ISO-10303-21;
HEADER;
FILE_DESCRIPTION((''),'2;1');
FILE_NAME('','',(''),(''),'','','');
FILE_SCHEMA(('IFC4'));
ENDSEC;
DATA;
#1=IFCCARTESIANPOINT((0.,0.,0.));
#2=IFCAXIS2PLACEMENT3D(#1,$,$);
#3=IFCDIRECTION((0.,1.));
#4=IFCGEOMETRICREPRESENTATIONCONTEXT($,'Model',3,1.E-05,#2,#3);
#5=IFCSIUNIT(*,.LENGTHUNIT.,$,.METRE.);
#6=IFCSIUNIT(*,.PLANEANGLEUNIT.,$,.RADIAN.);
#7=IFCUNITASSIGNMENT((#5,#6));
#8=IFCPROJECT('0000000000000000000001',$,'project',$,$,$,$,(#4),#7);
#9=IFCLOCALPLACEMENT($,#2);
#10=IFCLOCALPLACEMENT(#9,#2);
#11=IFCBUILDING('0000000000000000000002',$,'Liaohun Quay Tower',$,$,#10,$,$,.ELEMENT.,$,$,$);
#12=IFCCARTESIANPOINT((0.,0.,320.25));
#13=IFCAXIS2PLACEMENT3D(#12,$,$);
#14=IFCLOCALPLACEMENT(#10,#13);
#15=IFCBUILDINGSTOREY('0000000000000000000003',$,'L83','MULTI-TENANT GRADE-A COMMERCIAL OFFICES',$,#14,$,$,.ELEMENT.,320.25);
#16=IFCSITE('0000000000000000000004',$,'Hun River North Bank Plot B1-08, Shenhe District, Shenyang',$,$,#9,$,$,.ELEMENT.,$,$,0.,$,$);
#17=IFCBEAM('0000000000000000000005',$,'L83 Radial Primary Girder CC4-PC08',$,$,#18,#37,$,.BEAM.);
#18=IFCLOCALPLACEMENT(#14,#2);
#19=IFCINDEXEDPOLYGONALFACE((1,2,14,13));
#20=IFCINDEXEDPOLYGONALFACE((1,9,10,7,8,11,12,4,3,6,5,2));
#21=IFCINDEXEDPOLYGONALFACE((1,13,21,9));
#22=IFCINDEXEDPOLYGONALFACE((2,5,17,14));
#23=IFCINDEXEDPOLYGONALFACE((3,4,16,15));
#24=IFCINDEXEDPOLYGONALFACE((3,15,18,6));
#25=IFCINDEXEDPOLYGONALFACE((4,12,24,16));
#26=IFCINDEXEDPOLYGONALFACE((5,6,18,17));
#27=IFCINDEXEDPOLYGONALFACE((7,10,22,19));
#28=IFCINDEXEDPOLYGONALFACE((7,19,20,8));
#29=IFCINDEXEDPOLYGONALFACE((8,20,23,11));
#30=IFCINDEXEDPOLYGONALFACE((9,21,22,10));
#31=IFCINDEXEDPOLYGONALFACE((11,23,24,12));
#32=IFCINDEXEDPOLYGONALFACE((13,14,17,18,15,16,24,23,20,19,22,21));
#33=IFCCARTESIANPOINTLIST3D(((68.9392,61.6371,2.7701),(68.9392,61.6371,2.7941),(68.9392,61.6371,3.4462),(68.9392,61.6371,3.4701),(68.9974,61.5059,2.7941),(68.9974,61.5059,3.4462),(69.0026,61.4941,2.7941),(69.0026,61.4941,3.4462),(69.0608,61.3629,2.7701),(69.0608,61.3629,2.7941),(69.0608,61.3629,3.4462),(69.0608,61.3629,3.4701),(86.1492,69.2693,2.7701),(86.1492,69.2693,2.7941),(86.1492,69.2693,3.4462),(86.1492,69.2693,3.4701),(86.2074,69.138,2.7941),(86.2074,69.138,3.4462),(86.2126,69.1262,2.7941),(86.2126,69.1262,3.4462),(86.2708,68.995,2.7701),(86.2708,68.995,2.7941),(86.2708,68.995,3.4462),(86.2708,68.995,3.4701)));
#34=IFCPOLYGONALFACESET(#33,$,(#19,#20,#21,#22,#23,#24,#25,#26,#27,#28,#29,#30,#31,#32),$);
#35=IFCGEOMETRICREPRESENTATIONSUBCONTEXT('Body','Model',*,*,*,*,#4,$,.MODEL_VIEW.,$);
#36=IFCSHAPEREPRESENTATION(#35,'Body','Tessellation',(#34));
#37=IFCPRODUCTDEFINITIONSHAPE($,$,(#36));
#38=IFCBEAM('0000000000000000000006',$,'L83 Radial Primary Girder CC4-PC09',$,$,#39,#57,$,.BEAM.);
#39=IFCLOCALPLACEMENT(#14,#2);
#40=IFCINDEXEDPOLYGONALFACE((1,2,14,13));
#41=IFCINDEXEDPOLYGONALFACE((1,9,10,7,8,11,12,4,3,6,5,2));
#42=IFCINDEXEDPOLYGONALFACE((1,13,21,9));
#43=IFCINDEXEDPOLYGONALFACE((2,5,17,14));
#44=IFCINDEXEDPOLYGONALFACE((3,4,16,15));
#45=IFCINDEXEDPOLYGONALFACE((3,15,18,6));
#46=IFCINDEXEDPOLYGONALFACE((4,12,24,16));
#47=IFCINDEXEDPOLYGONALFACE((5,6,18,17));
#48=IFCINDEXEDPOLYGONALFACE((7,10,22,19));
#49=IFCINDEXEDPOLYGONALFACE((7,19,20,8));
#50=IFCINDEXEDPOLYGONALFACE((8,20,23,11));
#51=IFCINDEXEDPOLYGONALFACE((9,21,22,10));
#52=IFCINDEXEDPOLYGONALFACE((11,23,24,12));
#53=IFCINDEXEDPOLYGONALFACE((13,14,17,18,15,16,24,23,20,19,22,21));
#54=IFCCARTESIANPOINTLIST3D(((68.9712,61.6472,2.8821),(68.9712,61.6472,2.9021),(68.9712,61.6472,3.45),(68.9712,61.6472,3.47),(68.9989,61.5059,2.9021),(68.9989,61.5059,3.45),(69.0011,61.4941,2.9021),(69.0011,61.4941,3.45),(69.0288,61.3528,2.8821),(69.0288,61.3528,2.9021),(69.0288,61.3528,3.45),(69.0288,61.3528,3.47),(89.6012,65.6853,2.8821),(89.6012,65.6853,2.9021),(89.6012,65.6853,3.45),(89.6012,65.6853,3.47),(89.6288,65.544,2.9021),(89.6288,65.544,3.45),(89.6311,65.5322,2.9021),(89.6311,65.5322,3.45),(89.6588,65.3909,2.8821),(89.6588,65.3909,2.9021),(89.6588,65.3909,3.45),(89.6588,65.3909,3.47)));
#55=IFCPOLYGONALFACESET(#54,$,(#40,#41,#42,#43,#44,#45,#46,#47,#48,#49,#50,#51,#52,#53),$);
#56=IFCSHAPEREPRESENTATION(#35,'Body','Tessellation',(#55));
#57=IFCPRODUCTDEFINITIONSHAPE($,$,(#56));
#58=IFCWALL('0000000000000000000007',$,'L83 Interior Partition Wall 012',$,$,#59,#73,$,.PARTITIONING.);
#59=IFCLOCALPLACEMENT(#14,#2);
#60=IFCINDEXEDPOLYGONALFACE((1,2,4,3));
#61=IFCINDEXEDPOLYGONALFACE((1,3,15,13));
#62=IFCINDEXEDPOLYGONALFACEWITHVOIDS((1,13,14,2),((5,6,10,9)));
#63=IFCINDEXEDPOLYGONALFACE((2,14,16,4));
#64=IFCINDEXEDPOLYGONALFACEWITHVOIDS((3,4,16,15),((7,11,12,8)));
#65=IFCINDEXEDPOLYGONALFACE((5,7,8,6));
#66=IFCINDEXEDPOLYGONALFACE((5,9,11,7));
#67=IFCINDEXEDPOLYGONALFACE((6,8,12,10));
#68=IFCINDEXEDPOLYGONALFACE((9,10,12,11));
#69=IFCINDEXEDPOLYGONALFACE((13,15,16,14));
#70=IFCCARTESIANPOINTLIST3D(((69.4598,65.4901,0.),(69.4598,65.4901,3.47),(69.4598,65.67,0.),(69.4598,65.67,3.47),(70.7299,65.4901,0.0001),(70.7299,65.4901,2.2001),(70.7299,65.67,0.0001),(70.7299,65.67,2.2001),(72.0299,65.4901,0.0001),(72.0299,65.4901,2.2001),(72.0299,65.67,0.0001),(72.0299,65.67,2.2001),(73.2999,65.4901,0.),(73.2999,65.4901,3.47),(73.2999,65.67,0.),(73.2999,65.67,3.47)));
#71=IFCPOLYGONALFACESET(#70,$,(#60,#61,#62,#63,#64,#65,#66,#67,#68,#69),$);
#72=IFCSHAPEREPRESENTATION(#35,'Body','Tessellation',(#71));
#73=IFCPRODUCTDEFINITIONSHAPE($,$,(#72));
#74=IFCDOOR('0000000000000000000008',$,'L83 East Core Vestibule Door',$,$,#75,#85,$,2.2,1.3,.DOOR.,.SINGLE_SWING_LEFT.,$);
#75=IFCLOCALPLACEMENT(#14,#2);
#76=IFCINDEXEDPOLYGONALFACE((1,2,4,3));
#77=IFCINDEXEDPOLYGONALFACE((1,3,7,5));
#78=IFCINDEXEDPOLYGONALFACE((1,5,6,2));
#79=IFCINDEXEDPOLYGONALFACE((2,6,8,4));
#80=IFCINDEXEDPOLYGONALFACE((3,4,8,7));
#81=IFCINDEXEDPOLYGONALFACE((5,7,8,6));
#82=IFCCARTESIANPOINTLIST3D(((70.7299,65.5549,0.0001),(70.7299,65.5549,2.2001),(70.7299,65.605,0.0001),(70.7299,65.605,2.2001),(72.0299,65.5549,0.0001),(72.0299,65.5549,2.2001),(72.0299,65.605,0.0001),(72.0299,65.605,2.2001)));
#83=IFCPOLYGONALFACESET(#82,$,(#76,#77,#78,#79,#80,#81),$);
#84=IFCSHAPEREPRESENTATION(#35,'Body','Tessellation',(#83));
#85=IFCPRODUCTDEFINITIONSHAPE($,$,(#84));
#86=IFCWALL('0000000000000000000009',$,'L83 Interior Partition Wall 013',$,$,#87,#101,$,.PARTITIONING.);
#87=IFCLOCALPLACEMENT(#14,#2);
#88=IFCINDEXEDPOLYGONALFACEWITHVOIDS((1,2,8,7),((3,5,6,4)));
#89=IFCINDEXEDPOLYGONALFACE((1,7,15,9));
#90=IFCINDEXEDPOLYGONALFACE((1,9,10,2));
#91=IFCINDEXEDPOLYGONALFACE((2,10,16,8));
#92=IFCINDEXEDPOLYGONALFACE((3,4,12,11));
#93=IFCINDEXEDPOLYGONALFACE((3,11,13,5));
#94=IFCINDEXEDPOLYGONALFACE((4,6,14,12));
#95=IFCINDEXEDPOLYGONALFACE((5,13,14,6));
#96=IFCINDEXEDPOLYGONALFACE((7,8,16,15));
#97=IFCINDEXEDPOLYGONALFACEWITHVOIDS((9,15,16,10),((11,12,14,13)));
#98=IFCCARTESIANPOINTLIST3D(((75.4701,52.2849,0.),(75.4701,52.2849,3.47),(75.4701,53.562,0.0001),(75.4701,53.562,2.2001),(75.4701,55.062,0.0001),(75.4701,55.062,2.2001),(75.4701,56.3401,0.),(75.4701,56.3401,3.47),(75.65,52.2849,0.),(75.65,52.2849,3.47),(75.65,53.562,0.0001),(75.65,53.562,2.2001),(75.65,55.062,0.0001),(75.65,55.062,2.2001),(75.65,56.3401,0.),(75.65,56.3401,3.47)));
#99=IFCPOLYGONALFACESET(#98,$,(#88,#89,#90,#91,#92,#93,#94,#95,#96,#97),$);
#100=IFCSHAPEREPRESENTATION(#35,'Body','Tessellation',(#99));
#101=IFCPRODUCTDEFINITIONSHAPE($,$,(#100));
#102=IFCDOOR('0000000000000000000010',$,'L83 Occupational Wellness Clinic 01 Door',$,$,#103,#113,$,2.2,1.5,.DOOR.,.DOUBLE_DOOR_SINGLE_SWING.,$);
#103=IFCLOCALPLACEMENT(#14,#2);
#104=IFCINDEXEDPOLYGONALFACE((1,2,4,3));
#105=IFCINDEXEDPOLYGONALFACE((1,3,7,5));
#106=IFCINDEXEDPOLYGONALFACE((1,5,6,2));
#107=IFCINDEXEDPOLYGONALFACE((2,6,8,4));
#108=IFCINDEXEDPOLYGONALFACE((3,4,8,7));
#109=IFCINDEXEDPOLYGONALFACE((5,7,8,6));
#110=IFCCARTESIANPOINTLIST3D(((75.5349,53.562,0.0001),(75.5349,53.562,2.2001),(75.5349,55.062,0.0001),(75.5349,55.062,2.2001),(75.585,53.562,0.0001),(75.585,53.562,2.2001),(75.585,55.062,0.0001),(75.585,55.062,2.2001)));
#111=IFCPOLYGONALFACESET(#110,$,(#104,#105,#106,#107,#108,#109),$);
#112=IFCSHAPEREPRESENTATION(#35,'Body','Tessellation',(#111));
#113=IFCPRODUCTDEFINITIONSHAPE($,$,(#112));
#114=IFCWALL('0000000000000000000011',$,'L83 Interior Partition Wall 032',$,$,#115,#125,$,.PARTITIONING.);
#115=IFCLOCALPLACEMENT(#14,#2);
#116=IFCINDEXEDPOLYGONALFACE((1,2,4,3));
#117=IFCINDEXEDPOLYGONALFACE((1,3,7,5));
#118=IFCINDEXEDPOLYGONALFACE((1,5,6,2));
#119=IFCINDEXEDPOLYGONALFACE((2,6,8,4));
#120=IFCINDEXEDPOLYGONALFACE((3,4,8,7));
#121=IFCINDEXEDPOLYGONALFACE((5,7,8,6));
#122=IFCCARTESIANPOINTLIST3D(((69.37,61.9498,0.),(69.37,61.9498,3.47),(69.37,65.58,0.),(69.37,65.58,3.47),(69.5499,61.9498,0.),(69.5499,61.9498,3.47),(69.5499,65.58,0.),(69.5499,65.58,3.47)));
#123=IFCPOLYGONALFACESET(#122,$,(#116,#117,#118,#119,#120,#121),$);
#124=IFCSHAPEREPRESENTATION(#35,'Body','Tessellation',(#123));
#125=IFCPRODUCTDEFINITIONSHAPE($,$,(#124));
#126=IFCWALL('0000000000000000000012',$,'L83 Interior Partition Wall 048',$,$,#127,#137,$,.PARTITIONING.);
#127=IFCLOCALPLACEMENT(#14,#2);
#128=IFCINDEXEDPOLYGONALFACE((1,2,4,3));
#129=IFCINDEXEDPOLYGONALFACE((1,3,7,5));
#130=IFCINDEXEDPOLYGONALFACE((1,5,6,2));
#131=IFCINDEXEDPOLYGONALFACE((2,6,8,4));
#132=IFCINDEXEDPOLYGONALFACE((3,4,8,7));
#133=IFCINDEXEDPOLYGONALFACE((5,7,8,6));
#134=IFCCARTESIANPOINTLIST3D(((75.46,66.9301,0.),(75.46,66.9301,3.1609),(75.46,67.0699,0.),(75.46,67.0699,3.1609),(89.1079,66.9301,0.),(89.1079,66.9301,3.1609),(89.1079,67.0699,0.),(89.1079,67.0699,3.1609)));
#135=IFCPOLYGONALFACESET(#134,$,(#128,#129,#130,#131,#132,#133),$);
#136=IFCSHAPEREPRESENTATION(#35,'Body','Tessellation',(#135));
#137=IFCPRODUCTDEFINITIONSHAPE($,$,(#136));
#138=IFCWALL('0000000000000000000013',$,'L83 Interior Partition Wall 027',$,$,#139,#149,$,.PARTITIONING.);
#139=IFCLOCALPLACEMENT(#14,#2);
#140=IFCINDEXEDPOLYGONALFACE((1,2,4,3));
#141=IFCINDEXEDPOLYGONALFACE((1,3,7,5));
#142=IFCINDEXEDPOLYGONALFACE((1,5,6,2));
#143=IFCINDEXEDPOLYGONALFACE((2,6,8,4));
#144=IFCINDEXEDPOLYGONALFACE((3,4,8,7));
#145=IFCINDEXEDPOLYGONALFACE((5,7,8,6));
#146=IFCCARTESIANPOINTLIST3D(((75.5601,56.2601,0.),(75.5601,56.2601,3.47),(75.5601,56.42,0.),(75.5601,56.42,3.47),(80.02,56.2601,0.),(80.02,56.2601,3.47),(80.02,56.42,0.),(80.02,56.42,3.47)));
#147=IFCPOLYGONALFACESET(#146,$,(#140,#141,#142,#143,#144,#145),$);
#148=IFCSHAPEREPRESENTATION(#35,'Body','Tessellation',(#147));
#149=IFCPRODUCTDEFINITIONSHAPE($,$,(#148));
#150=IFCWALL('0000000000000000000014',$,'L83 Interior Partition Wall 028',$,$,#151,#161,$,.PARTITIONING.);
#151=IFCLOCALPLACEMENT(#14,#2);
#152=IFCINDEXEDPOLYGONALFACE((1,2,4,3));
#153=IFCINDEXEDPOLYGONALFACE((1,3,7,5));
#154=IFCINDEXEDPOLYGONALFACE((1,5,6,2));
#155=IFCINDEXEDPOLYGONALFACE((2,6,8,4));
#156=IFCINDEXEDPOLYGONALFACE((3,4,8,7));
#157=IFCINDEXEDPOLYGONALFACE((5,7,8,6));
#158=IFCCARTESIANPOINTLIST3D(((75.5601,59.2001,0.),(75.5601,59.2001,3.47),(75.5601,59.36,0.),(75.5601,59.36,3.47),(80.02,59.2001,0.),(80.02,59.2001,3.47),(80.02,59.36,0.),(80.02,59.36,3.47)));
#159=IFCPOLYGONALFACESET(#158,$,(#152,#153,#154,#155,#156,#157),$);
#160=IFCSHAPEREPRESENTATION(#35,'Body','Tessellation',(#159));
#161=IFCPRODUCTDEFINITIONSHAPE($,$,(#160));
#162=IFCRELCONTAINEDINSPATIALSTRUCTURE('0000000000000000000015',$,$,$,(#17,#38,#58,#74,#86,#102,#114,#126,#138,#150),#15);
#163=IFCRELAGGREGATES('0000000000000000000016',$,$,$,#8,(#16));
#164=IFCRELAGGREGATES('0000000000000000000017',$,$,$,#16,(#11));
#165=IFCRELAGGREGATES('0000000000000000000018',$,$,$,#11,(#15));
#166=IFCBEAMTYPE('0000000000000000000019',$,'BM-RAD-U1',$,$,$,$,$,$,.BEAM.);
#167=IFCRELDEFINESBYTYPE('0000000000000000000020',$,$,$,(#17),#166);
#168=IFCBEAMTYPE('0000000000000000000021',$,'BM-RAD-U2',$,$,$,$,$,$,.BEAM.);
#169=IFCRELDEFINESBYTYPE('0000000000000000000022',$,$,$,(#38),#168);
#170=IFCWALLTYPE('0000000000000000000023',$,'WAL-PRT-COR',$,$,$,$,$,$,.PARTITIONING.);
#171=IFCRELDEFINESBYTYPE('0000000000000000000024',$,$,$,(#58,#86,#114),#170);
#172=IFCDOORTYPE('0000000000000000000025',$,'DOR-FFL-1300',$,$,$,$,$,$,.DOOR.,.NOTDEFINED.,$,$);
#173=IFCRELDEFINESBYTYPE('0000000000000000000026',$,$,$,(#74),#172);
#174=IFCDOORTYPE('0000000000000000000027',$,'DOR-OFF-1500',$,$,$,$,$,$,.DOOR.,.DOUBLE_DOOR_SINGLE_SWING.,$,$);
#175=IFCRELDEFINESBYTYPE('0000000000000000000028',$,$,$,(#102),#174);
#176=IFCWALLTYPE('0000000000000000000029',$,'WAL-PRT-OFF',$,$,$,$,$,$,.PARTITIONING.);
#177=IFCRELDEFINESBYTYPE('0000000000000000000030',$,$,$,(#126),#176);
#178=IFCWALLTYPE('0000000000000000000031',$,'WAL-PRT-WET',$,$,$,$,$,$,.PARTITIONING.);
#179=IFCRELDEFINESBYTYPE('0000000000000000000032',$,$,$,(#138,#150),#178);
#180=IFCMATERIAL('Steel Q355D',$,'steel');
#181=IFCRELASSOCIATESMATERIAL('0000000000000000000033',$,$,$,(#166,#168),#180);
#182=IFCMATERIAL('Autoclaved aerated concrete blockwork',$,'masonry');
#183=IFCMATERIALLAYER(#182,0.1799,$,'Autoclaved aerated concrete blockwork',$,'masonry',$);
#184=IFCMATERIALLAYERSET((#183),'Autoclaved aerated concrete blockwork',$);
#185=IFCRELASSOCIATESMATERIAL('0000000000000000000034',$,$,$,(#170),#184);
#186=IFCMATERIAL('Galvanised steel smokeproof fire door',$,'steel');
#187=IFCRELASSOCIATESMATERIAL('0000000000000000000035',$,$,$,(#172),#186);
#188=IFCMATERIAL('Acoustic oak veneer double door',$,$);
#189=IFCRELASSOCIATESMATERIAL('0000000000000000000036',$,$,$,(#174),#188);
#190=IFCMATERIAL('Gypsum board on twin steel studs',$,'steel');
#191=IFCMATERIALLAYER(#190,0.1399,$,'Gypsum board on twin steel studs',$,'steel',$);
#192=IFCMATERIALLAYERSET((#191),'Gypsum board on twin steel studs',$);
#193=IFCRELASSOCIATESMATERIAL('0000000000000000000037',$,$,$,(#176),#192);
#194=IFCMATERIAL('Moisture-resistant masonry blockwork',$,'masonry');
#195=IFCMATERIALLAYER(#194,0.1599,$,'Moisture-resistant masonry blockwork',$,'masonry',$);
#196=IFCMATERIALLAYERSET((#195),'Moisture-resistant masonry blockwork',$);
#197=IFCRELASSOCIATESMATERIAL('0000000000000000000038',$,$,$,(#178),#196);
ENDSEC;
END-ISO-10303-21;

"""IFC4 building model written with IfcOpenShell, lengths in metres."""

from ifc_helpers import new_model, si_unit, direction, frame, frame_2d, origin, origin_2d, place, context, subcontext, project, spatial, rectangle, i_section, extrude, source, transform, mapped, material, layer, layer_set, material_profile, profile_set, type_object, element, fill, save


model = new_model("IFC4")

# Units and contexts
model_context = context("Model", 3, precision=1e-05, world=origin(), true_north=direction((0.0, 1.0)))
body_context = subcontext(model_context, "Body", "Model", "MODEL_VIEW")
ifc_project = project(units=[si_unit("LENGTHUNIT", "METRE"), si_unit("PLANEANGLEUNIT", "RADIAN")], contexts=[model_context])

# Site, building, storey
site_placement = place(None, origin())
site = spatial("IfcSite", under=ifc_project, at=site_placement, Name="Hun River North Bank Plot B1-08, Shenhe District, Shenyang", CompositionType="ELEMENT", RefElevation=0.0)
building_placement = place(site_placement, origin())
building = spatial("IfcBuilding", under=site, at=building_placement, Name="Liaohun Quay Tower", CompositionType="ELEMENT")
storey_placement = place(building_placement, frame((0.0, 0.0, 320.25)))
storey = spatial("IfcBuildingStorey", under=building, at=storey_placement, Name="L83", Description="MULTI-TENANT GRADE-A COMMERCIAL OFFICES", CompositionType="ELEMENT", Elevation=320.25)

# Beams
ifc_material_1 = material(Name="Steel Q355D", Category="steel")
ifc_material_profile_1 = material_profile(ifc_material_1, i_section(OverallWidth=0.3, OverallDepth=0.7, WebThickness=0.0129, FlangeThickness=0.0239, at=origin_2d()), Name="HN700x300x13x24")
ifc_profile_set_1 = profile_set([ifc_material_profile_1], Name="Steel Q355D")
beam_type_1 = type_object("IfcBeamType", Name="BM-RAD-U1", PredefinedType="BEAM", material=ifc_profile_set_1)
shared_shape_1 = source(origin(), body_context, "Body", "SweptSolid", [
    extrude(i_section(OverallWidth=0.3, OverallDepth=0.7, WebThickness=0.0129, FlangeThickness=0.0239, at=origin_2d()), origin(), (0.0, 0.0, 1.0), 18.8264),
])
beam_1_placement = place(storey_placement, frame((69.0, 61.5, 3.1201), z_axis=(0.914142, 0.405394, 0.0), x_axis=(-0.405394, 0.914142, 0.0)))
element("IfcBeam", 1, at=beam_1_placement, inside=storey, type_object=beam_type_1, Name="L83 Radial Primary Girder CC4-PC08", PredefinedType="BEAM", context=body_context, shape_type="MappedRepresentation", body=[
    mapped(shared_shape_1, transform((0.0, 0.0, 0.0), x_axis=(1.0, 0.0, 0.0), y_axis=(0.0, 1.0, 0.0), z_axis=(0.0, 0.0, 1.0), scale=1.0)),
])
ifc_material_profile_2 = material_profile(ifc_material_1, i_section(OverallWidth=0.3, OverallDepth=0.5879, WebThickness=0.012, FlangeThickness=0.02, at=origin_2d()), Name="HM588x300x12x20")
ifc_profile_set_2 = profile_set([ifc_material_profile_2], Name="Steel Q355D")
beam_type_2 = type_object("IfcBeamType", Name="BM-RAD-U2", PredefinedType="BEAM", material=ifc_profile_set_2)
shared_shape_2 = source(origin(), body_context, "Body", "SweptSolid", [
    extrude(i_section(OverallWidth=0.3, OverallDepth=0.5879, WebThickness=0.012, FlangeThickness=0.02, at=origin_2d()), origin(), (0.0, 0.0, 1.0), 21.0215),
])
beam_2_placement = place(storey_placement, frame((69.0, 61.5, 3.176), z_axis=(0.981376, 0.192094, 0.0), x_axis=(-0.192094, 0.981376, 0.0)))
element("IfcBeam", 2, at=beam_2_placement, inside=storey, type_object=beam_type_2, Name="L83 Radial Primary Girder CC4-PC09", PredefinedType="BEAM", context=body_context, shape_type="MappedRepresentation", body=[
    mapped(shared_shape_2, transform((0.0, 0.0, 0.0), x_axis=(1.0, 0.0, 0.0), y_axis=(0.0, 1.0, 0.0), z_axis=(0.0, 0.0, 1.0), scale=1.0)),
])

# Walls, openings, doors
ifc_material_2 = material(Name="Autoclaved aerated concrete blockwork", Category="masonry")
ifc_layer_1 = layer(ifc_material_2, 0.1799, Name="Autoclaved aerated concrete blockwork", Category="masonry")
ifc_layer_set_1 = layer_set([ifc_layer_1], Name="Autoclaved aerated concrete blockwork")
wall_type_1 = type_object("IfcWallType", Name="WAL-PRT-COR", PredefinedType="PARTITIONING", material=ifc_layer_set_1)
wall_1_placement = place(storey_placement, frame((69.46, 65.5801, 0.0), z_axis=(0.0, 0.0, 1.0), x_axis=(1.0, 0.0, 0.0)))
wall_1 = element("IfcWall", 3, at=wall_1_placement, inside=storey, type_object=wall_type_1, Name="L83 Interior Partition Wall 012", PredefinedType="PARTITIONING", context=body_context, shape_type="SweptSolid", body=[
    extrude(rectangle(XDim=3.8401, YDim=0.1799, at=frame_2d((1.9199, 0.0))), origin(), (0.0, 0.0, 1.0), 3.47),
])
shared_shape_3 = source(origin(), body_context, "Body", "SweptSolid", [
    extrude(rectangle(XDim=1.3, YDim=2.2, at=frame_2d((0.6499, 1.1001))), frame((0.0, 0.0999, 0.0), z_axis=(0.0, -1.0, 0.0), x_axis=(1.0, 0.0, 0.0)), (0.0, 0.0, 1.0), 0.2),
])
opening_1_placement = place(wall_1_placement, frame((1.27, 0.0, 0.0)))
opening_1 = element("IfcOpeningElement", 4, at=opening_1_placement, cuts=wall_1, PredefinedType="OPENING", context=body_context, shape_type="MappedRepresentation", body=[
    mapped(shared_shape_3, transform((0.0, 0.0, 0.0), x_axis=(1.0, 0.0, 0.0), y_axis=(0.0, 1.0, 0.0), z_axis=(0.0, 0.0, 1.0), scale=1.0)),
])
ifc_material_3 = material(Name="Galvanised steel smokeproof fire door", Category="steel")
door_type_1 = type_object("IfcDoorType", Name="DOR-FFL-1300", OperationType="NOTDEFINED", PredefinedType="DOOR", material=ifc_material_3)
shared_shape_4 = source(origin(), body_context, "Body", "SweptSolid", [
    extrude(rectangle(XDim=1.3, YDim=2.2, at=frame_2d((0.6499, 1.1001))), frame((0.0, 0.0249, 0.0), z_axis=(0.0, -1.0, 0.0), x_axis=(1.0, 0.0, 0.0)), (0.0, 0.0, 1.0), 0.05),
])
door_1_placement = place(opening_1_placement, origin())
door_1 = element("IfcDoor", 5, at=door_1_placement, inside=storey, type_object=door_type_1, Name="L83 East Core Vestibule Door", OperationType="SINGLE_SWING_LEFT", OverallHeight=2.2, OverallWidth=1.3, PredefinedType="DOOR", context=body_context, shape_type="MappedRepresentation", body=[
    mapped(shared_shape_4, transform((0.0, 0.0, 0.0), x_axis=(1.0, 0.0, 0.0), y_axis=(0.0, 1.0, 0.0), z_axis=(0.0, 0.0, 1.0), scale=1.0)),
])
fill(opening_1, door_1)
wall_2_placement = place(storey_placement, frame((75.5601, 56.3401, 0.0), z_axis=(0.0, 0.0, 1.0), x_axis=(0.0, -1.0, 0.0)))
wall_2 = element("IfcWall", 6, at=wall_2_placement, inside=storey, type_object=wall_type_1, Name="L83 Interior Partition Wall 013", PredefinedType="PARTITIONING", context=body_context, shape_type="SweptSolid", body=[
    extrude(rectangle(XDim=4.0552, YDim=0.1799, at=frame_2d((2.0276, 0.0))), origin(), (0.0, 0.0, 1.0), 3.47),
])
shared_shape_5 = source(origin(), body_context, "Body", "SweptSolid", [
    extrude(rectangle(XDim=1.5, YDim=2.2, at=frame_2d((0.75, 1.1001))), frame((0.0, 0.0999, 0.0), z_axis=(0.0, -1.0, 0.0), x_axis=(1.0, 0.0, 0.0)), (0.0, 0.0, 1.0), 0.2),
])
opening_2_placement = place(wall_2_placement, frame((1.2781, 0.0, 0.0)))
opening_2 = element("IfcOpeningElement", 7, at=opening_2_placement, cuts=wall_2, PredefinedType="OPENING", context=body_context, shape_type="MappedRepresentation", body=[
    mapped(shared_shape_5, transform((0.0, 0.0, 0.0), x_axis=(1.0, 0.0, 0.0), y_axis=(0.0, 1.0, 0.0), z_axis=(0.0, 0.0, 1.0), scale=1.0)),
])
ifc_material_4 = material(Name="Acoustic oak veneer double door")
door_type_2 = type_object("IfcDoorType", Name="DOR-OFF-1500", OperationType="DOUBLE_DOOR_SINGLE_SWING", PredefinedType="DOOR", material=ifc_material_4)
shared_shape_6 = source(origin(), body_context, "Body", "SweptSolid", [
    extrude(rectangle(XDim=1.5, YDim=2.2, at=frame_2d((0.75, 1.1001))), frame((0.0, 0.0249, 0.0), z_axis=(0.0, -1.0, 0.0), x_axis=(1.0, 0.0, 0.0)), (0.0, 0.0, 1.0), 0.05),
])
door_2_placement = place(opening_2_placement, origin())
door_2 = element("IfcDoor", 8, at=door_2_placement, inside=storey, type_object=door_type_2, Name="L83 Occupational Wellness Clinic 01 Door", OperationType="DOUBLE_DOOR_SINGLE_SWING", OverallHeight=2.2, OverallWidth=1.5, PredefinedType="DOOR", context=body_context, shape_type="MappedRepresentation", body=[
    mapped(shared_shape_6, transform((0.0, 0.0, 0.0), x_axis=(1.0, 0.0, 0.0), y_axis=(0.0, 1.0, 0.0), z_axis=(0.0, 0.0, 1.0), scale=1.0)),
])
fill(opening_2, door_2)

# Walls
wall_3_placement = place(storey_placement, frame((69.46, 61.95, 0.0), z_axis=(0.0, 0.0, 1.0), x_axis=(0.0, 1.0, 0.0)))
element("IfcWall", 9, at=wall_3_placement, inside=storey, type_object=wall_type_1, Name="L83 Interior Partition Wall 032", PredefinedType="PARTITIONING", context=body_context, shape_type="SweptSolid", body=[
    extrude(rectangle(XDim=3.6301, YDim=0.1799, at=frame_2d((1.8149, 0.0))), origin(), (0.0, 0.0, 1.0), 3.47),
])
ifc_material_5 = material(Name="Gypsum board on twin steel studs", Category="steel")
ifc_layer_2 = layer(ifc_material_5, 0.1399, Name="Gypsum board on twin steel studs", Category="steel")
ifc_layer_set_2 = layer_set([ifc_layer_2], Name="Gypsum board on twin steel studs")
wall_type_2 = type_object("IfcWallType", Name="WAL-PRT-OFF", PredefinedType="PARTITIONING", material=ifc_layer_set_2)
wall_4_placement = place(storey_placement, frame((75.46, 67.0, 0.0), z_axis=(0.0, 0.0, 1.0), x_axis=(1.0, 0.0, 0.0)))
element("IfcWall", 10, at=wall_4_placement, inside=storey, type_object=wall_type_2, Name="L83 Interior Partition Wall 048", PredefinedType="PARTITIONING", context=body_context, shape_type="SweptSolid", body=[
    extrude(rectangle(XDim=13.6479, YDim=0.1399, at=frame_2d((6.824, 0.0))), origin(), (0.0, 0.0, 1.0), 3.1609),
])

# Shared definitions
ifc_material_6 = material(Name="Moisture-resistant masonry blockwork", Category="masonry")
ifc_layer_3 = layer(ifc_material_6, 0.1599, Name="Moisture-resistant masonry blockwork", Category="masonry")
ifc_layer_set_3 = layer_set([ifc_layer_3], Name="Moisture-resistant masonry blockwork")
wall_type_3 = type_object("IfcWallType", Name="WAL-PRT-WET", PredefinedType="PARTITIONING", material=ifc_layer_set_3)

# Walls
for number, where, z_axis, x_axis, name in (
    (11, (75.5601, 56.3401, 0.0), (0.0, 0.0, 1.0), (1.0, 0.0, 0.0), "L83 Interior Partition Wall 027"),
    (12, (75.5601, 59.28, 0.0), (0.0, 0.0, 1.0), (1.0, 0.0, 0.0), "L83 Interior Partition Wall 028"),
):
    element("IfcWall", number, at=place(storey_placement, frame(where, z_axis=z_axis, x_axis=x_axis)), inside=storey, type_object=wall_type_3, Name=name, PredefinedType="PARTITIONING", context=body_context, shape_type="SweptSolid", body=[
        extrude(rectangle(XDim=4.46, YDim=0.1599, at=frame_2d((2.23, 0.0))), origin(), (0.0, 0.0, 1.0), 3.47),
    ])

save(model, "model.ifc")
